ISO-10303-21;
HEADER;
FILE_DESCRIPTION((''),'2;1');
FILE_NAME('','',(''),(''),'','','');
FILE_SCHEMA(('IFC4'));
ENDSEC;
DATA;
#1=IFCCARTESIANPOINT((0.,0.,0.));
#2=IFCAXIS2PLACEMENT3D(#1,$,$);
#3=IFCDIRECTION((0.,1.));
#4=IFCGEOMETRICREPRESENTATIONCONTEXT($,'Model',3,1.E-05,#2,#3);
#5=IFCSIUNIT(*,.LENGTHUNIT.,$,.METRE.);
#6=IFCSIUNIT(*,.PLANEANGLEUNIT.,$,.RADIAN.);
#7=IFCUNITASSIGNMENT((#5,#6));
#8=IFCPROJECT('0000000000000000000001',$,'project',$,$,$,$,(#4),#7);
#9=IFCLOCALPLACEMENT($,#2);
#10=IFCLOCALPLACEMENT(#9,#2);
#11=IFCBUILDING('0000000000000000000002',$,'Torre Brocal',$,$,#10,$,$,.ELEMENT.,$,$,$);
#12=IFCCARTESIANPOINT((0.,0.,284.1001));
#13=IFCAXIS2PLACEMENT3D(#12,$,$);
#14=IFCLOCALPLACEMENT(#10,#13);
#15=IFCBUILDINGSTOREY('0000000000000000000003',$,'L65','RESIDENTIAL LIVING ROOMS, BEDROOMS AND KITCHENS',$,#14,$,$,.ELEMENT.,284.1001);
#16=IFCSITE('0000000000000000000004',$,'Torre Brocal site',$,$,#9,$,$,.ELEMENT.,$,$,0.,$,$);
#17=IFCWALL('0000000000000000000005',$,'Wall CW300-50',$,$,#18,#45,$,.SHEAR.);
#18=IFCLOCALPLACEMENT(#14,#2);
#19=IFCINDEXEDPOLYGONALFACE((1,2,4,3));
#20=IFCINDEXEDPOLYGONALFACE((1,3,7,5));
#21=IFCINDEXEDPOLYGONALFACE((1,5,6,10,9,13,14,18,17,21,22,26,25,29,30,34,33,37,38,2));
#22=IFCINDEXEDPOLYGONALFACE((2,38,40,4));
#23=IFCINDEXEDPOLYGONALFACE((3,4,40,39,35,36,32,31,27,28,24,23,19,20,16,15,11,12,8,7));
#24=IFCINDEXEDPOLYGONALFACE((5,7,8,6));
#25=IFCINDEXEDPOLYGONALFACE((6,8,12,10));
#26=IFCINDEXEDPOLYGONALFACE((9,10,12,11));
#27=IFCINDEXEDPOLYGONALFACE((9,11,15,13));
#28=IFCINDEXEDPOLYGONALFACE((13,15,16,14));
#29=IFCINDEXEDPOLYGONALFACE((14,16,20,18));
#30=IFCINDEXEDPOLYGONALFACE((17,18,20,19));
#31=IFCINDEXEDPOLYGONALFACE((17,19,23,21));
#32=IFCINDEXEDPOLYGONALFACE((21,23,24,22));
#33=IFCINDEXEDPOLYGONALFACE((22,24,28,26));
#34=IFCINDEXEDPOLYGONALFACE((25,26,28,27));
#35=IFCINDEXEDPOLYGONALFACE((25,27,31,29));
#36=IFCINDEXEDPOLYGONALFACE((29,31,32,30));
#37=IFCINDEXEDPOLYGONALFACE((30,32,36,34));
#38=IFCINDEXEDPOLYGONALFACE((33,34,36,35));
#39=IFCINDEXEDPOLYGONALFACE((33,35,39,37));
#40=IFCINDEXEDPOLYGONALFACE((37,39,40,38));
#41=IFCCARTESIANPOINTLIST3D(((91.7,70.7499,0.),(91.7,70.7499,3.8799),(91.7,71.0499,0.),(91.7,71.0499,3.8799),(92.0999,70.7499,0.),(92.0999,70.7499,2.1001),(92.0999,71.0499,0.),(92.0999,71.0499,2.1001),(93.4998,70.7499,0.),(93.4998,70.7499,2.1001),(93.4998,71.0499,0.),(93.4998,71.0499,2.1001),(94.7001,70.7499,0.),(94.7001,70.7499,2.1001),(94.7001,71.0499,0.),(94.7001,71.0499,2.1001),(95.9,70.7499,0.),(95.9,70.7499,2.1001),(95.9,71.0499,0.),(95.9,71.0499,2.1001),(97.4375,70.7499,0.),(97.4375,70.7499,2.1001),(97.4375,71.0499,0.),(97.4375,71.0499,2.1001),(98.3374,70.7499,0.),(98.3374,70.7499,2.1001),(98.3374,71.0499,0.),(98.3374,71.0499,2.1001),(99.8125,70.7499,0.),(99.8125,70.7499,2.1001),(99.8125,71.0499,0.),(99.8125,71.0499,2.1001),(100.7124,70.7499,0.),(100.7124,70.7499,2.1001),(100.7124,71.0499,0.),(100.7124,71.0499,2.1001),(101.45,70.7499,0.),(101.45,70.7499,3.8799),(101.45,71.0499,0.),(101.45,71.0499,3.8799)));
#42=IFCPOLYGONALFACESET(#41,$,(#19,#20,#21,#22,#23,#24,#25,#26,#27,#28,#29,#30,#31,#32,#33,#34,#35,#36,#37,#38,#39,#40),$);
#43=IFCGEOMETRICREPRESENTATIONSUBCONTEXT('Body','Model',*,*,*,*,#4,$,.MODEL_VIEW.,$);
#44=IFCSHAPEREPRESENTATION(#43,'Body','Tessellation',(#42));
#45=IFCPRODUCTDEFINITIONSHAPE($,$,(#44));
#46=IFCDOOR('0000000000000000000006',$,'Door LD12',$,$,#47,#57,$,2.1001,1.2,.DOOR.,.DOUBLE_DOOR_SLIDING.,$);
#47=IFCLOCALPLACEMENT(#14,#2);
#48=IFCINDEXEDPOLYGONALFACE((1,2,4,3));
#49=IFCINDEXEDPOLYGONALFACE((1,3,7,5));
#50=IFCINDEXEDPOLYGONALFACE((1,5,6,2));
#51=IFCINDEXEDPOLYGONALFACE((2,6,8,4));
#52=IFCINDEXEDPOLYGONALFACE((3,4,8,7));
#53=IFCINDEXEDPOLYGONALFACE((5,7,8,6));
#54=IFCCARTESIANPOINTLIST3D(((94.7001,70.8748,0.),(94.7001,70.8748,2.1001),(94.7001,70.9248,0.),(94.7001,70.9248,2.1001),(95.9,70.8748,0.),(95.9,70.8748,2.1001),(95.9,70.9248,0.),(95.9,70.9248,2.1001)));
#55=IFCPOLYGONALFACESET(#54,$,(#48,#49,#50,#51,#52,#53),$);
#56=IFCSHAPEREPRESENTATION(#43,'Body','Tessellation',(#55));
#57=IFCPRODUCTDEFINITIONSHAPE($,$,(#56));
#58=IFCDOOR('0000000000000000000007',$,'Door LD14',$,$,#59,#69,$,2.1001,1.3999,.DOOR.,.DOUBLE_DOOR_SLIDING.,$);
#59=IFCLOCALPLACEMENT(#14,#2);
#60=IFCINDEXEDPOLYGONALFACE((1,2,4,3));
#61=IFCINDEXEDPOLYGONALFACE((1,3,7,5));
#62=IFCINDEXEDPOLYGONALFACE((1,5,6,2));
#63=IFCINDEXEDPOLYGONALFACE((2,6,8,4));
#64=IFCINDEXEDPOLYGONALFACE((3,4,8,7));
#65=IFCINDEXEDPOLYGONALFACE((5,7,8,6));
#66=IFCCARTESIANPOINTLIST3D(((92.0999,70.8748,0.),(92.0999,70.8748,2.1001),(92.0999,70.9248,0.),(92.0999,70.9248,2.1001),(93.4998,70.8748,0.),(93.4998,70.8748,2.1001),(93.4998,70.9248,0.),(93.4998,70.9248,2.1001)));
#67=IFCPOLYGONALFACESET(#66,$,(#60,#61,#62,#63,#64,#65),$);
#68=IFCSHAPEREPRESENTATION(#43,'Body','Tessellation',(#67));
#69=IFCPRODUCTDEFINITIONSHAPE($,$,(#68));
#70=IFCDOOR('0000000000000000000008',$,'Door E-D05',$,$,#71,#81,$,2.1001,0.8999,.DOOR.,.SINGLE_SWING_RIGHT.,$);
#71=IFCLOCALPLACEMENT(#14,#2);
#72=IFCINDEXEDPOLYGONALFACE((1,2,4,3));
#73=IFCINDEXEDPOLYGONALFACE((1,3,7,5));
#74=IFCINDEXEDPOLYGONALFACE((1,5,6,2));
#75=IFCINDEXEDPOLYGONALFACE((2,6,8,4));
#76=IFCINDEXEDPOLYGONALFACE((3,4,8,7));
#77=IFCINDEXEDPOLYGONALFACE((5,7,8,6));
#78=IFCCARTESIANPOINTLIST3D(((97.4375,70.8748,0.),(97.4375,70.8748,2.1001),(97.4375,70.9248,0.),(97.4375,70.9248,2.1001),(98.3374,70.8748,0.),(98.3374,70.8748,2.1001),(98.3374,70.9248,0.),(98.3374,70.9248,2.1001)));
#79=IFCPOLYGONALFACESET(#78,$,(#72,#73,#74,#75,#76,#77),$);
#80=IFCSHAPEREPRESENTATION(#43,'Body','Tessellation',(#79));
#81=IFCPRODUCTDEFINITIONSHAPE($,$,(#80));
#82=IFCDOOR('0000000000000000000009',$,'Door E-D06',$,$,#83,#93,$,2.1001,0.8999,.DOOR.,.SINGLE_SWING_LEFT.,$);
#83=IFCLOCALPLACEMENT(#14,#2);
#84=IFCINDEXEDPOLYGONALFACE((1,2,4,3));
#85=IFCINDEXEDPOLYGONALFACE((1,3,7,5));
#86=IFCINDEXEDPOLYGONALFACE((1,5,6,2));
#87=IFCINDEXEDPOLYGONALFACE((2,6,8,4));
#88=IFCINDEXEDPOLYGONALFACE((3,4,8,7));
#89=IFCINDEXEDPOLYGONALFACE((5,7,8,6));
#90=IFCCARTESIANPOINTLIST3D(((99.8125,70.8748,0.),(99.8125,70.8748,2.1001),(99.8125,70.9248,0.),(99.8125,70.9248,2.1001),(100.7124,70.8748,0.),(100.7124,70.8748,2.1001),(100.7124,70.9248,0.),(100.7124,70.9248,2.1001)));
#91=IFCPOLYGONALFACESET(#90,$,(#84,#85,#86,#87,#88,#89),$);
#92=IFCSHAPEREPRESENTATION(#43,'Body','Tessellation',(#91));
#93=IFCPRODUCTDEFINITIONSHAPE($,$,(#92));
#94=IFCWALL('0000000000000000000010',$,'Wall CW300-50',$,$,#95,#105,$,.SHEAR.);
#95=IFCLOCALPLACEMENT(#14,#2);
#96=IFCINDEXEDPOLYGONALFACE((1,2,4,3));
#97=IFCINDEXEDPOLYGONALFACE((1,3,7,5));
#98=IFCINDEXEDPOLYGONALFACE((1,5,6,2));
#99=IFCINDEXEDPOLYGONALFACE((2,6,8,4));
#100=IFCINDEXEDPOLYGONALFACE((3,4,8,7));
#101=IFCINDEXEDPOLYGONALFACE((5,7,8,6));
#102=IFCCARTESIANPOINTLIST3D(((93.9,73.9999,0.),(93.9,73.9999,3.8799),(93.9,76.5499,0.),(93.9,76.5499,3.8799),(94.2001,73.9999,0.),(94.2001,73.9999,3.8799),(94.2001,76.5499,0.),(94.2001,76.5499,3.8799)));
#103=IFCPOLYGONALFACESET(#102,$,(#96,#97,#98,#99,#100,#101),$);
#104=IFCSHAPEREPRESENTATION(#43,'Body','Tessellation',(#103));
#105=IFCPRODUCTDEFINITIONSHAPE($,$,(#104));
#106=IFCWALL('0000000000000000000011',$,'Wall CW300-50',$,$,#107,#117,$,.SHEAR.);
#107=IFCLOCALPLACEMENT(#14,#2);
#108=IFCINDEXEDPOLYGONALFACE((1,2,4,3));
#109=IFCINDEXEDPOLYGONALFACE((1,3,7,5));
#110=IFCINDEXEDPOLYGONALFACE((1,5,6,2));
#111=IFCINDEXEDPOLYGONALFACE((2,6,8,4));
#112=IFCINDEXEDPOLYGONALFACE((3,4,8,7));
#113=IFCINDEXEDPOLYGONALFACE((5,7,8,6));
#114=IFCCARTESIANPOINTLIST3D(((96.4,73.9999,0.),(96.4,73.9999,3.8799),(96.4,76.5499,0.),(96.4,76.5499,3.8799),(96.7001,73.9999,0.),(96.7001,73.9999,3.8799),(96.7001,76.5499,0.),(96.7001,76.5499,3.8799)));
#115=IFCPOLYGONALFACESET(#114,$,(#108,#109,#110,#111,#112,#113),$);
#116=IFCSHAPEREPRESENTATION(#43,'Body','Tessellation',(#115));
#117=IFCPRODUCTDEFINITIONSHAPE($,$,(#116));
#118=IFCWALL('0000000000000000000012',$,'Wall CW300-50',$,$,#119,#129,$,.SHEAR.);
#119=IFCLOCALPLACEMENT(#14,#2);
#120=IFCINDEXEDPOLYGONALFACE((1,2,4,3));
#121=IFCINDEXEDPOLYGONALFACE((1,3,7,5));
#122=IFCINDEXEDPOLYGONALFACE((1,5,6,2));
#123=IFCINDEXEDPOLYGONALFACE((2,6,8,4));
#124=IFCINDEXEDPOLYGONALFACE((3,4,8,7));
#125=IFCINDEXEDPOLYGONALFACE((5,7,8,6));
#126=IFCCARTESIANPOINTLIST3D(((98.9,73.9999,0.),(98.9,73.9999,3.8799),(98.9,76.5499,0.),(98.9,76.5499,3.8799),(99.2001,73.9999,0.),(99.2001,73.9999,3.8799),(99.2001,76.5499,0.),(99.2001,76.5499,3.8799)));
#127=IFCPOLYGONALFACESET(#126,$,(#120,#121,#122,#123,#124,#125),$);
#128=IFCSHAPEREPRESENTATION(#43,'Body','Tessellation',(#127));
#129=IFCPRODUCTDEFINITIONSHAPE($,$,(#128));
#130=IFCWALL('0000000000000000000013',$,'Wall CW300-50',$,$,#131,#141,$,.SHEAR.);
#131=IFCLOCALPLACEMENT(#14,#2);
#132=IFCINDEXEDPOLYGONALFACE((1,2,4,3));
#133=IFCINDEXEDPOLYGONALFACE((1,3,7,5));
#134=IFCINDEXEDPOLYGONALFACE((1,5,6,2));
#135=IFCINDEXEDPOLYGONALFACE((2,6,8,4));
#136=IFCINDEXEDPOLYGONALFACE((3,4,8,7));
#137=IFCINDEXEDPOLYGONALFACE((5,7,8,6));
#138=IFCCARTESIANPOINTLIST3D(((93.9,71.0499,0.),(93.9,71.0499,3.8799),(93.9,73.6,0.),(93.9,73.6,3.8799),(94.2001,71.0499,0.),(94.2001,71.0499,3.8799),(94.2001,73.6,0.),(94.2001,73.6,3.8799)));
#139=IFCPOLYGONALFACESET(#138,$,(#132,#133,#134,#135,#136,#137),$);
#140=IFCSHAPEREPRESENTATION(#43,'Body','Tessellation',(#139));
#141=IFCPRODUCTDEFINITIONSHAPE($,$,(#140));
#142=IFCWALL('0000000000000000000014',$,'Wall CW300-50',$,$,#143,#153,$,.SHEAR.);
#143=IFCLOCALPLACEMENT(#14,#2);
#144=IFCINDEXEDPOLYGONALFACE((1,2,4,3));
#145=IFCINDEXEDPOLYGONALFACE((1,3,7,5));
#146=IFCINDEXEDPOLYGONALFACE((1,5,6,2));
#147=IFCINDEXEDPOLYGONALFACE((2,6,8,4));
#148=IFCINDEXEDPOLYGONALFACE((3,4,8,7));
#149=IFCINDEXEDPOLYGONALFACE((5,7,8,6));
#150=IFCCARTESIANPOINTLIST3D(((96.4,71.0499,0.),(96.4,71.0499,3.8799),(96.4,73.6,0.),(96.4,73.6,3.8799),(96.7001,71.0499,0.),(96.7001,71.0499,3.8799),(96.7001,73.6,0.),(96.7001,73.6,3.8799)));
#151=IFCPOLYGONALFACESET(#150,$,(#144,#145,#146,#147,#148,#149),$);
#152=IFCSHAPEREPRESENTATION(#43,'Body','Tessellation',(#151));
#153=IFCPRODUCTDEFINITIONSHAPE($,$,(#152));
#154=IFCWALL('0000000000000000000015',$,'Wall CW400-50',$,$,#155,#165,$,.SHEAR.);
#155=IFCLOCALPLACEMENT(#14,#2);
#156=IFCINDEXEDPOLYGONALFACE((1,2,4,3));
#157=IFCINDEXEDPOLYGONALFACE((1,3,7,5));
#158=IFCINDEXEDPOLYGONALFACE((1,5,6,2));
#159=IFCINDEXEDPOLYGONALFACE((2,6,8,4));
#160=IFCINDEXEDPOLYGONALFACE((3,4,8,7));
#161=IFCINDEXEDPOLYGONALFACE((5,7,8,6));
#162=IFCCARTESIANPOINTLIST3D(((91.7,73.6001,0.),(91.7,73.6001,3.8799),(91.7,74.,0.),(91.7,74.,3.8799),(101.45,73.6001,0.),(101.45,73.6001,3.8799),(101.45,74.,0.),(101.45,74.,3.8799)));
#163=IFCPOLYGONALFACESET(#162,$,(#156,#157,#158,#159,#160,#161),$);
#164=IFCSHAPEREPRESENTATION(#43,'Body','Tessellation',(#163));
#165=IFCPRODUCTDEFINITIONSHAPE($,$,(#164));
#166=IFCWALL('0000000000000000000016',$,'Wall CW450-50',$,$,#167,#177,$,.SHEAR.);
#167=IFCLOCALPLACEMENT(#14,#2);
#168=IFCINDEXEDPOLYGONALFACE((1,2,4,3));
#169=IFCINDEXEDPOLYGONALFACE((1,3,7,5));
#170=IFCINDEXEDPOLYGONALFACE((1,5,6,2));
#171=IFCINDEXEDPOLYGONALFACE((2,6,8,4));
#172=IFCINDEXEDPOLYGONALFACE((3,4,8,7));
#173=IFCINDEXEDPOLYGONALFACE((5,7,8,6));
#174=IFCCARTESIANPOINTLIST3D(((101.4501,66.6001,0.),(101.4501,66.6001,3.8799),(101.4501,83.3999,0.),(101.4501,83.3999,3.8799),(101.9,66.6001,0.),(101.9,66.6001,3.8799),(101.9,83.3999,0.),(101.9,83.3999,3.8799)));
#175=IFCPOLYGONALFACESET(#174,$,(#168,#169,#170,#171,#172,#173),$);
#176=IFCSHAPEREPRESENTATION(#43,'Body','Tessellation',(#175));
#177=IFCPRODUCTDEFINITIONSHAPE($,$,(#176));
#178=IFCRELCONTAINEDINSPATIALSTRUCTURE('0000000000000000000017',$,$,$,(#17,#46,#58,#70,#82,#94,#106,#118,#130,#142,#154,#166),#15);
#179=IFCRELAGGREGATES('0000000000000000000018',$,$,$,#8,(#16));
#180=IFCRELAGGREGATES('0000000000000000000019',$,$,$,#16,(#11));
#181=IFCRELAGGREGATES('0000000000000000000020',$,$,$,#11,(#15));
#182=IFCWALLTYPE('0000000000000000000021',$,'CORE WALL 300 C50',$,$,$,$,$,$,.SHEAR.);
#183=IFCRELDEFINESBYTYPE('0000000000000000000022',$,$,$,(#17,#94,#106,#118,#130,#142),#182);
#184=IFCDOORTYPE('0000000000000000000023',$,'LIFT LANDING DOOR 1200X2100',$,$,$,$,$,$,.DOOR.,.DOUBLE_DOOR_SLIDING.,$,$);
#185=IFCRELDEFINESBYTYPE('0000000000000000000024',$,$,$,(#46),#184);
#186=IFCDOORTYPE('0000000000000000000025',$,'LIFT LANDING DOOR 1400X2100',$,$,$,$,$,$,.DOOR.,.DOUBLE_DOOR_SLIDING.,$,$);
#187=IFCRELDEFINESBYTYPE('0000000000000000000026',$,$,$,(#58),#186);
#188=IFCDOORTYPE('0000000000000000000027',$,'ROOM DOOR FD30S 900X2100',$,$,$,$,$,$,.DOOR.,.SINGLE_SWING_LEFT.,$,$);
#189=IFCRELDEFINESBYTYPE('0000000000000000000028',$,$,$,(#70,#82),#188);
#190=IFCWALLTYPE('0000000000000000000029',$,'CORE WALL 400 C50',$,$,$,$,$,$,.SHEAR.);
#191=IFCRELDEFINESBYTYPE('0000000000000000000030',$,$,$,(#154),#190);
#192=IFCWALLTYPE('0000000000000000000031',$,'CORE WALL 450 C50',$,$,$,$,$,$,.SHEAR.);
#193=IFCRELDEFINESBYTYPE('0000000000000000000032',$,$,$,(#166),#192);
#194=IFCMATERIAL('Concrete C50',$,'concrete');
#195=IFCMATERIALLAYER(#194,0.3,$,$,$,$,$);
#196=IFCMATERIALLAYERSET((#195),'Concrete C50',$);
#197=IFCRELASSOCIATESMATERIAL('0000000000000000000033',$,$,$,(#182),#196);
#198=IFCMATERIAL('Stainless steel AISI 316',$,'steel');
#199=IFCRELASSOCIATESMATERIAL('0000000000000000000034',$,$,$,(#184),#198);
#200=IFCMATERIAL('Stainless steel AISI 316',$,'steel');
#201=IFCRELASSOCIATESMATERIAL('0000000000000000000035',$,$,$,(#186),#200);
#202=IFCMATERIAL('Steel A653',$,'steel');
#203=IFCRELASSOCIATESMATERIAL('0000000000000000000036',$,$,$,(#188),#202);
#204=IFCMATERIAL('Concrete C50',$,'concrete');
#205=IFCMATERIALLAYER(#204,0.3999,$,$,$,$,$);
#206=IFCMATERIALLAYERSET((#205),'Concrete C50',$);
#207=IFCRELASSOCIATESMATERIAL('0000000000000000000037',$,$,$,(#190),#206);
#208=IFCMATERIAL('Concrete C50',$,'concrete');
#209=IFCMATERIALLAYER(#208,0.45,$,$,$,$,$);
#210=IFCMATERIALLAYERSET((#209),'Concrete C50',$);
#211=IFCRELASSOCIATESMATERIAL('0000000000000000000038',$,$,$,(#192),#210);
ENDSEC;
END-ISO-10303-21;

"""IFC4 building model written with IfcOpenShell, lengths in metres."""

from ifc_helpers import new_model, si_unit, direction, frame, frame_2d, origin, place, context, subcontext, project, spatial, rectangle, extrude, material, layer, layer_set, type_object, element, fill, save


model = new_model("IFC4")

# Units and contexts
model_context = context("Model", 3, precision=1e-05, world=origin(), true_north=direction((0.0, 1.0)))
body_context = subcontext(model_context, "Body", "Model", "MODEL_VIEW")
ifc_project = project(units=[si_unit("LENGTHUNIT", "METRE"), si_unit("PLANEANGLEUNIT", "RADIAN")], contexts=[model_context])

# Site, building, storey
site_placement = place(None, origin())
site = spatial("IfcSite", under=ifc_project, at=site_placement, Name="Torre Brocal site", CompositionType="ELEMENT", RefElevation=0.0)
building_placement = place(site_placement, origin())
building = spatial("IfcBuilding", under=site, at=building_placement, Name="Torre Brocal", CompositionType="ELEMENT")
storey_placement = place(building_placement, frame((0.0, 0.0, 284.1001)))
storey = spatial("IfcBuildingStorey", under=building, at=storey_placement, Name="L65", Description="RESIDENTIAL LIVING ROOMS, BEDROOMS AND KITCHENS", CompositionType="ELEMENT", Elevation=284.1001)

# Shared definitions
ifc_material_1 = material(Name="Concrete C50", Category="concrete")
ifc_layer_1 = layer(ifc_material_1, 0.3)
ifc_layer_set_1 = layer_set([ifc_layer_1], Name="Concrete C50")
wall_type_1 = type_object("IfcWallType", Name="CORE WALL 300 C50", PredefinedType="SHEAR", material=ifc_layer_set_1)

# Wall, openings, doors
wall_1_placement = place(storey_placement, frame((91.7, 70.8999, 0.0), z_axis=(0.0, 0.0, 1.0), x_axis=(1.0, 0.0, 0.0)))
wall_1 = element("IfcWall", 1, at=wall_1_placement, inside=storey, type_object=wall_type_1, Name="Wall CW300-50", PredefinedType="SHEAR", context=body_context, shape_type="SweptSolid", body=[
    extrude(rectangle(XDim=9.75, YDim=0.3, at=frame_2d((4.875, 0.0))), origin(), (0.0, 0.0, 1.0), 3.8799),
])
opening_1_placement = place(wall_1_placement, frame((0.3999, 0.0, 0.0)))
opening_1 = element("IfcOpeningElement", 2, at=opening_1_placement, cuts=wall_1, PredefinedType="OPENING", context=body_context, shape_type="SweptSolid", body=[
    extrude(rectangle(XDim=1.3999, YDim=2.1001, at=frame_2d((0.7, 1.05))), frame((0.0, 0.1599, 0.0), z_axis=(0.0, -1.0, 0.0), x_axis=(1.0, 0.0, 0.0)), (0.0, 0.0, 1.0), 0.3201),
])
opening_2_placement = place(wall_1_placement, frame((3.0, 0.0, 0.0)))
opening_2 = element("IfcOpeningElement", 3, at=opening_2_placement, cuts=wall_1, PredefinedType="OPENING", context=body_context, shape_type="SweptSolid", body=[
    extrude(rectangle(XDim=1.2, YDim=2.1001, at=frame_2d((0.6001, 1.05))), frame((0.0, 0.1599, 0.0), z_axis=(0.0, -1.0, 0.0), x_axis=(1.0, 0.0, 0.0)), (0.0, 0.0, 1.0), 0.3201),
])
opening_3_placement = place(wall_1_placement, frame((5.7375, 0.0, 0.0)))
opening_3 = element("IfcOpeningElement", 4, at=opening_3_placement, cuts=wall_1, PredefinedType="OPENING", context=body_context, shape_type="SweptSolid", body=[
    extrude(rectangle(XDim=0.8999, YDim=2.1001, at=frame_2d((0.45, 1.05))), frame((0.0, 0.1599, 0.0), z_axis=(0.0, -1.0, 0.0), x_axis=(1.0, 0.0, 0.0)), (0.0, 0.0, 1.0), 0.3201),
])
opening_4_placement = place(wall_1_placement, frame((8.1125, 0.0, 0.0)))
opening_4 = element("IfcOpeningElement", 5, at=opening_4_placement, cuts=wall_1, PredefinedType="OPENING", context=body_context, shape_type="SweptSolid", body=[
    extrude(rectangle(XDim=0.8999, YDim=2.1001, at=frame_2d((0.45, 1.05))), frame((0.0, 0.1599, 0.0), z_axis=(0.0, -1.0, 0.0), x_axis=(1.0, 0.0, 0.0)), (0.0, 0.0, 1.0), 0.3201),
])
ifc_material_2 = material(Name="Stainless steel AISI 316", Category="steel")
door_type_1 = type_object("IfcDoorType", Name="LIFT LANDING DOOR 1200X2100", OperationType="DOUBLE_DOOR_SLIDING", PredefinedType="DOOR", material=ifc_material_2)
door_1_placement = place(opening_2_placement, origin())
door_1 = element("IfcDoor", 6, at=door_1_placement, inside=storey, type_object=door_type_1, Name="Door LD12", OperationType="DOUBLE_DOOR_SLIDING", OverallHeight=2.1001, OverallWidth=1.2, PredefinedType="DOOR", context=body_context, shape_type="SweptSolid", body=[
    extrude(rectangle(XDim=1.2, YDim=2.1001, at=frame_2d((0.6001, 1.05))), frame((0.0, 0.0249, 0.0), z_axis=(0.0, -1.0, 0.0), x_axis=(1.0, 0.0, 0.0)), (0.0, 0.0, 1.0), 0.05),
])
fill(opening_2, door_1)
ifc_material_3 = material(Name="Stainless steel AISI 316", Category="steel")
door_type_2 = type_object("IfcDoorType", Name="LIFT LANDING DOOR 1400X2100", OperationType="DOUBLE_DOOR_SLIDING", PredefinedType="DOOR", material=ifc_material_3)
door_2_placement = place(opening_1_placement, origin())
door_2 = element("IfcDoor", 7, at=door_2_placement, inside=storey, type_object=door_type_2, Name="Door LD14", OperationType="DOUBLE_DOOR_SLIDING", OverallHeight=2.1001, OverallWidth=1.3999, PredefinedType="DOOR", context=body_context, shape_type="SweptSolid", body=[
    extrude(rectangle(XDim=1.3999, YDim=2.1001, at=frame_2d((0.7, 1.05))), frame((0.0, 0.0249, 0.0), z_axis=(0.0, -1.0, 0.0), x_axis=(1.0, 0.0, 0.0)), (0.0, 0.0, 1.0), 0.05),
])
fill(opening_1, door_2)
ifc_material_4 = material(Name="Steel A653", Category="steel")
door_type_3 = type_object("IfcDoorType", Name="ROOM DOOR FD30S 900X2100", OperationType="SINGLE_SWING_LEFT", PredefinedType="DOOR", material=ifc_material_4)
door_3_placement = place(opening_3_placement, origin())
door_3 = element("IfcDoor", 8, at=door_3_placement, inside=storey, type_object=door_type_3, Name="Door E-D05", OperationType="SINGLE_SWING_RIGHT", OverallHeight=2.1001, OverallWidth=0.8999, PredefinedType="DOOR", context=body_context, shape_type="SweptSolid", body=[
    extrude(rectangle(XDim=0.8999, YDim=2.1001, at=frame_2d((0.45, 1.05))), frame((0.0, 0.0249, 0.0), z_axis=(0.0, -1.0, 0.0), x_axis=(1.0, 0.0, 0.0)), (0.0, 0.0, 1.0), 0.05),
])
fill(opening_3, door_3)
door_4_placement = place(opening_4_placement, origin())
door_4 = element("IfcDoor", 9, at=door_4_placement, inside=storey, type_object=door_type_3, Name="Door E-D06", OperationType="SINGLE_SWING_LEFT", OverallHeight=2.1001, OverallWidth=0.8999, PredefinedType="DOOR", context=body_context, shape_type="SweptSolid", body=[
    extrude(rectangle(XDim=0.8999, YDim=2.1001, at=frame_2d((0.45, 1.05))), frame((0.0, 0.0249, 0.0), z_axis=(0.0, -1.0, 0.0), x_axis=(1.0, 0.0, 0.0)), (0.0, 0.0, 1.0), 0.05),
])
fill(opening_4, door_4)

# Walls
for number, where, z_axis, x_axis, name in (
    (10, (94.05, 74.0, 0.0), (0.0, 0.0, 1.0), (0.0, 1.0, 0.0), "Wall CW300-50"),
    (11, (96.55, 74.0, 0.0), (0.0, 0.0, 1.0), (0.0, 1.0, 0.0), "Wall CW300-50"),
    (12, (99.05, 74.0, 0.0), (0.0, 0.0, 1.0), (0.0, 1.0, 0.0), "Wall CW300-50"),
    (13, (94.05, 71.05, 0.0), (0.0, 0.0, 1.0), (0.0, 1.0, 0.0), "Wall CW300-50"),
    (14, (96.55, 71.05, 0.0), (0.0, 0.0, 1.0), (0.0, 1.0, 0.0), "Wall CW300-50"),
):
    element("IfcWall", number, at=place(storey_placement, frame(where, z_axis=z_axis, x_axis=x_axis)), inside=storey, type_object=wall_type_1, Name=name, PredefinedType="SHEAR", context=body_context, shape_type="SweptSolid", body=[
        extrude(rectangle(XDim=2.55, YDim=0.3, at=frame_2d((1.2749, 0.0))), origin(), (0.0, 0.0, 1.0), 3.8799),
    ])
ifc_material_5 = material(Name="Concrete C50", Category="concrete")
ifc_layer_2 = layer(ifc_material_5, 0.3999)
ifc_layer_set_2 = layer_set([ifc_layer_2], Name="Concrete C50")
wall_type_2 = type_object("IfcWallType", Name="CORE WALL 400 C50", PredefinedType="SHEAR", material=ifc_layer_set_2)
wall_2_placement = place(storey_placement, frame((91.7, 73.8, 0.0), z_axis=(0.0, 0.0, 1.0), x_axis=(1.0, 0.0, 0.0)))
element("IfcWall", 15, at=wall_2_placement, inside=storey, type_object=wall_type_2, Name="Wall CW400-50", PredefinedType="SHEAR", context=body_context, shape_type="SweptSolid", body=[
    extrude(rectangle(XDim=9.75, YDim=0.3999, at=frame_2d((4.875, 0.0))), origin(), (0.0, 0.0, 1.0), 3.8799),
])
ifc_material_6 = material(Name="Concrete C50", Category="concrete")
ifc_layer_3 = layer(ifc_material_6, 0.45)
ifc_layer_set_3 = layer_set([ifc_layer_3], Name="Concrete C50")
wall_type_3 = type_object("IfcWallType", Name="CORE WALL 450 C50", PredefinedType="SHEAR", material=ifc_layer_set_3)
wall_3_placement = place(storey_placement, frame((101.675, 66.6001, 0.0), z_axis=(0.0, 0.0, 1.0), x_axis=(0.0, 1.0, 0.0)))
element("IfcWall", 16, at=wall_3_placement, inside=storey, type_object=wall_type_3, Name="Wall CW450-50", PredefinedType="SHEAR", context=body_context, shape_type="SweptSolid", body=[
    extrude(rectangle(XDim=16.7998, YDim=0.45, at=frame_2d((8.3999, 0.0))), origin(), (0.0, 0.0, 1.0), 3.8799),
])

save(model, "model.ifc")
